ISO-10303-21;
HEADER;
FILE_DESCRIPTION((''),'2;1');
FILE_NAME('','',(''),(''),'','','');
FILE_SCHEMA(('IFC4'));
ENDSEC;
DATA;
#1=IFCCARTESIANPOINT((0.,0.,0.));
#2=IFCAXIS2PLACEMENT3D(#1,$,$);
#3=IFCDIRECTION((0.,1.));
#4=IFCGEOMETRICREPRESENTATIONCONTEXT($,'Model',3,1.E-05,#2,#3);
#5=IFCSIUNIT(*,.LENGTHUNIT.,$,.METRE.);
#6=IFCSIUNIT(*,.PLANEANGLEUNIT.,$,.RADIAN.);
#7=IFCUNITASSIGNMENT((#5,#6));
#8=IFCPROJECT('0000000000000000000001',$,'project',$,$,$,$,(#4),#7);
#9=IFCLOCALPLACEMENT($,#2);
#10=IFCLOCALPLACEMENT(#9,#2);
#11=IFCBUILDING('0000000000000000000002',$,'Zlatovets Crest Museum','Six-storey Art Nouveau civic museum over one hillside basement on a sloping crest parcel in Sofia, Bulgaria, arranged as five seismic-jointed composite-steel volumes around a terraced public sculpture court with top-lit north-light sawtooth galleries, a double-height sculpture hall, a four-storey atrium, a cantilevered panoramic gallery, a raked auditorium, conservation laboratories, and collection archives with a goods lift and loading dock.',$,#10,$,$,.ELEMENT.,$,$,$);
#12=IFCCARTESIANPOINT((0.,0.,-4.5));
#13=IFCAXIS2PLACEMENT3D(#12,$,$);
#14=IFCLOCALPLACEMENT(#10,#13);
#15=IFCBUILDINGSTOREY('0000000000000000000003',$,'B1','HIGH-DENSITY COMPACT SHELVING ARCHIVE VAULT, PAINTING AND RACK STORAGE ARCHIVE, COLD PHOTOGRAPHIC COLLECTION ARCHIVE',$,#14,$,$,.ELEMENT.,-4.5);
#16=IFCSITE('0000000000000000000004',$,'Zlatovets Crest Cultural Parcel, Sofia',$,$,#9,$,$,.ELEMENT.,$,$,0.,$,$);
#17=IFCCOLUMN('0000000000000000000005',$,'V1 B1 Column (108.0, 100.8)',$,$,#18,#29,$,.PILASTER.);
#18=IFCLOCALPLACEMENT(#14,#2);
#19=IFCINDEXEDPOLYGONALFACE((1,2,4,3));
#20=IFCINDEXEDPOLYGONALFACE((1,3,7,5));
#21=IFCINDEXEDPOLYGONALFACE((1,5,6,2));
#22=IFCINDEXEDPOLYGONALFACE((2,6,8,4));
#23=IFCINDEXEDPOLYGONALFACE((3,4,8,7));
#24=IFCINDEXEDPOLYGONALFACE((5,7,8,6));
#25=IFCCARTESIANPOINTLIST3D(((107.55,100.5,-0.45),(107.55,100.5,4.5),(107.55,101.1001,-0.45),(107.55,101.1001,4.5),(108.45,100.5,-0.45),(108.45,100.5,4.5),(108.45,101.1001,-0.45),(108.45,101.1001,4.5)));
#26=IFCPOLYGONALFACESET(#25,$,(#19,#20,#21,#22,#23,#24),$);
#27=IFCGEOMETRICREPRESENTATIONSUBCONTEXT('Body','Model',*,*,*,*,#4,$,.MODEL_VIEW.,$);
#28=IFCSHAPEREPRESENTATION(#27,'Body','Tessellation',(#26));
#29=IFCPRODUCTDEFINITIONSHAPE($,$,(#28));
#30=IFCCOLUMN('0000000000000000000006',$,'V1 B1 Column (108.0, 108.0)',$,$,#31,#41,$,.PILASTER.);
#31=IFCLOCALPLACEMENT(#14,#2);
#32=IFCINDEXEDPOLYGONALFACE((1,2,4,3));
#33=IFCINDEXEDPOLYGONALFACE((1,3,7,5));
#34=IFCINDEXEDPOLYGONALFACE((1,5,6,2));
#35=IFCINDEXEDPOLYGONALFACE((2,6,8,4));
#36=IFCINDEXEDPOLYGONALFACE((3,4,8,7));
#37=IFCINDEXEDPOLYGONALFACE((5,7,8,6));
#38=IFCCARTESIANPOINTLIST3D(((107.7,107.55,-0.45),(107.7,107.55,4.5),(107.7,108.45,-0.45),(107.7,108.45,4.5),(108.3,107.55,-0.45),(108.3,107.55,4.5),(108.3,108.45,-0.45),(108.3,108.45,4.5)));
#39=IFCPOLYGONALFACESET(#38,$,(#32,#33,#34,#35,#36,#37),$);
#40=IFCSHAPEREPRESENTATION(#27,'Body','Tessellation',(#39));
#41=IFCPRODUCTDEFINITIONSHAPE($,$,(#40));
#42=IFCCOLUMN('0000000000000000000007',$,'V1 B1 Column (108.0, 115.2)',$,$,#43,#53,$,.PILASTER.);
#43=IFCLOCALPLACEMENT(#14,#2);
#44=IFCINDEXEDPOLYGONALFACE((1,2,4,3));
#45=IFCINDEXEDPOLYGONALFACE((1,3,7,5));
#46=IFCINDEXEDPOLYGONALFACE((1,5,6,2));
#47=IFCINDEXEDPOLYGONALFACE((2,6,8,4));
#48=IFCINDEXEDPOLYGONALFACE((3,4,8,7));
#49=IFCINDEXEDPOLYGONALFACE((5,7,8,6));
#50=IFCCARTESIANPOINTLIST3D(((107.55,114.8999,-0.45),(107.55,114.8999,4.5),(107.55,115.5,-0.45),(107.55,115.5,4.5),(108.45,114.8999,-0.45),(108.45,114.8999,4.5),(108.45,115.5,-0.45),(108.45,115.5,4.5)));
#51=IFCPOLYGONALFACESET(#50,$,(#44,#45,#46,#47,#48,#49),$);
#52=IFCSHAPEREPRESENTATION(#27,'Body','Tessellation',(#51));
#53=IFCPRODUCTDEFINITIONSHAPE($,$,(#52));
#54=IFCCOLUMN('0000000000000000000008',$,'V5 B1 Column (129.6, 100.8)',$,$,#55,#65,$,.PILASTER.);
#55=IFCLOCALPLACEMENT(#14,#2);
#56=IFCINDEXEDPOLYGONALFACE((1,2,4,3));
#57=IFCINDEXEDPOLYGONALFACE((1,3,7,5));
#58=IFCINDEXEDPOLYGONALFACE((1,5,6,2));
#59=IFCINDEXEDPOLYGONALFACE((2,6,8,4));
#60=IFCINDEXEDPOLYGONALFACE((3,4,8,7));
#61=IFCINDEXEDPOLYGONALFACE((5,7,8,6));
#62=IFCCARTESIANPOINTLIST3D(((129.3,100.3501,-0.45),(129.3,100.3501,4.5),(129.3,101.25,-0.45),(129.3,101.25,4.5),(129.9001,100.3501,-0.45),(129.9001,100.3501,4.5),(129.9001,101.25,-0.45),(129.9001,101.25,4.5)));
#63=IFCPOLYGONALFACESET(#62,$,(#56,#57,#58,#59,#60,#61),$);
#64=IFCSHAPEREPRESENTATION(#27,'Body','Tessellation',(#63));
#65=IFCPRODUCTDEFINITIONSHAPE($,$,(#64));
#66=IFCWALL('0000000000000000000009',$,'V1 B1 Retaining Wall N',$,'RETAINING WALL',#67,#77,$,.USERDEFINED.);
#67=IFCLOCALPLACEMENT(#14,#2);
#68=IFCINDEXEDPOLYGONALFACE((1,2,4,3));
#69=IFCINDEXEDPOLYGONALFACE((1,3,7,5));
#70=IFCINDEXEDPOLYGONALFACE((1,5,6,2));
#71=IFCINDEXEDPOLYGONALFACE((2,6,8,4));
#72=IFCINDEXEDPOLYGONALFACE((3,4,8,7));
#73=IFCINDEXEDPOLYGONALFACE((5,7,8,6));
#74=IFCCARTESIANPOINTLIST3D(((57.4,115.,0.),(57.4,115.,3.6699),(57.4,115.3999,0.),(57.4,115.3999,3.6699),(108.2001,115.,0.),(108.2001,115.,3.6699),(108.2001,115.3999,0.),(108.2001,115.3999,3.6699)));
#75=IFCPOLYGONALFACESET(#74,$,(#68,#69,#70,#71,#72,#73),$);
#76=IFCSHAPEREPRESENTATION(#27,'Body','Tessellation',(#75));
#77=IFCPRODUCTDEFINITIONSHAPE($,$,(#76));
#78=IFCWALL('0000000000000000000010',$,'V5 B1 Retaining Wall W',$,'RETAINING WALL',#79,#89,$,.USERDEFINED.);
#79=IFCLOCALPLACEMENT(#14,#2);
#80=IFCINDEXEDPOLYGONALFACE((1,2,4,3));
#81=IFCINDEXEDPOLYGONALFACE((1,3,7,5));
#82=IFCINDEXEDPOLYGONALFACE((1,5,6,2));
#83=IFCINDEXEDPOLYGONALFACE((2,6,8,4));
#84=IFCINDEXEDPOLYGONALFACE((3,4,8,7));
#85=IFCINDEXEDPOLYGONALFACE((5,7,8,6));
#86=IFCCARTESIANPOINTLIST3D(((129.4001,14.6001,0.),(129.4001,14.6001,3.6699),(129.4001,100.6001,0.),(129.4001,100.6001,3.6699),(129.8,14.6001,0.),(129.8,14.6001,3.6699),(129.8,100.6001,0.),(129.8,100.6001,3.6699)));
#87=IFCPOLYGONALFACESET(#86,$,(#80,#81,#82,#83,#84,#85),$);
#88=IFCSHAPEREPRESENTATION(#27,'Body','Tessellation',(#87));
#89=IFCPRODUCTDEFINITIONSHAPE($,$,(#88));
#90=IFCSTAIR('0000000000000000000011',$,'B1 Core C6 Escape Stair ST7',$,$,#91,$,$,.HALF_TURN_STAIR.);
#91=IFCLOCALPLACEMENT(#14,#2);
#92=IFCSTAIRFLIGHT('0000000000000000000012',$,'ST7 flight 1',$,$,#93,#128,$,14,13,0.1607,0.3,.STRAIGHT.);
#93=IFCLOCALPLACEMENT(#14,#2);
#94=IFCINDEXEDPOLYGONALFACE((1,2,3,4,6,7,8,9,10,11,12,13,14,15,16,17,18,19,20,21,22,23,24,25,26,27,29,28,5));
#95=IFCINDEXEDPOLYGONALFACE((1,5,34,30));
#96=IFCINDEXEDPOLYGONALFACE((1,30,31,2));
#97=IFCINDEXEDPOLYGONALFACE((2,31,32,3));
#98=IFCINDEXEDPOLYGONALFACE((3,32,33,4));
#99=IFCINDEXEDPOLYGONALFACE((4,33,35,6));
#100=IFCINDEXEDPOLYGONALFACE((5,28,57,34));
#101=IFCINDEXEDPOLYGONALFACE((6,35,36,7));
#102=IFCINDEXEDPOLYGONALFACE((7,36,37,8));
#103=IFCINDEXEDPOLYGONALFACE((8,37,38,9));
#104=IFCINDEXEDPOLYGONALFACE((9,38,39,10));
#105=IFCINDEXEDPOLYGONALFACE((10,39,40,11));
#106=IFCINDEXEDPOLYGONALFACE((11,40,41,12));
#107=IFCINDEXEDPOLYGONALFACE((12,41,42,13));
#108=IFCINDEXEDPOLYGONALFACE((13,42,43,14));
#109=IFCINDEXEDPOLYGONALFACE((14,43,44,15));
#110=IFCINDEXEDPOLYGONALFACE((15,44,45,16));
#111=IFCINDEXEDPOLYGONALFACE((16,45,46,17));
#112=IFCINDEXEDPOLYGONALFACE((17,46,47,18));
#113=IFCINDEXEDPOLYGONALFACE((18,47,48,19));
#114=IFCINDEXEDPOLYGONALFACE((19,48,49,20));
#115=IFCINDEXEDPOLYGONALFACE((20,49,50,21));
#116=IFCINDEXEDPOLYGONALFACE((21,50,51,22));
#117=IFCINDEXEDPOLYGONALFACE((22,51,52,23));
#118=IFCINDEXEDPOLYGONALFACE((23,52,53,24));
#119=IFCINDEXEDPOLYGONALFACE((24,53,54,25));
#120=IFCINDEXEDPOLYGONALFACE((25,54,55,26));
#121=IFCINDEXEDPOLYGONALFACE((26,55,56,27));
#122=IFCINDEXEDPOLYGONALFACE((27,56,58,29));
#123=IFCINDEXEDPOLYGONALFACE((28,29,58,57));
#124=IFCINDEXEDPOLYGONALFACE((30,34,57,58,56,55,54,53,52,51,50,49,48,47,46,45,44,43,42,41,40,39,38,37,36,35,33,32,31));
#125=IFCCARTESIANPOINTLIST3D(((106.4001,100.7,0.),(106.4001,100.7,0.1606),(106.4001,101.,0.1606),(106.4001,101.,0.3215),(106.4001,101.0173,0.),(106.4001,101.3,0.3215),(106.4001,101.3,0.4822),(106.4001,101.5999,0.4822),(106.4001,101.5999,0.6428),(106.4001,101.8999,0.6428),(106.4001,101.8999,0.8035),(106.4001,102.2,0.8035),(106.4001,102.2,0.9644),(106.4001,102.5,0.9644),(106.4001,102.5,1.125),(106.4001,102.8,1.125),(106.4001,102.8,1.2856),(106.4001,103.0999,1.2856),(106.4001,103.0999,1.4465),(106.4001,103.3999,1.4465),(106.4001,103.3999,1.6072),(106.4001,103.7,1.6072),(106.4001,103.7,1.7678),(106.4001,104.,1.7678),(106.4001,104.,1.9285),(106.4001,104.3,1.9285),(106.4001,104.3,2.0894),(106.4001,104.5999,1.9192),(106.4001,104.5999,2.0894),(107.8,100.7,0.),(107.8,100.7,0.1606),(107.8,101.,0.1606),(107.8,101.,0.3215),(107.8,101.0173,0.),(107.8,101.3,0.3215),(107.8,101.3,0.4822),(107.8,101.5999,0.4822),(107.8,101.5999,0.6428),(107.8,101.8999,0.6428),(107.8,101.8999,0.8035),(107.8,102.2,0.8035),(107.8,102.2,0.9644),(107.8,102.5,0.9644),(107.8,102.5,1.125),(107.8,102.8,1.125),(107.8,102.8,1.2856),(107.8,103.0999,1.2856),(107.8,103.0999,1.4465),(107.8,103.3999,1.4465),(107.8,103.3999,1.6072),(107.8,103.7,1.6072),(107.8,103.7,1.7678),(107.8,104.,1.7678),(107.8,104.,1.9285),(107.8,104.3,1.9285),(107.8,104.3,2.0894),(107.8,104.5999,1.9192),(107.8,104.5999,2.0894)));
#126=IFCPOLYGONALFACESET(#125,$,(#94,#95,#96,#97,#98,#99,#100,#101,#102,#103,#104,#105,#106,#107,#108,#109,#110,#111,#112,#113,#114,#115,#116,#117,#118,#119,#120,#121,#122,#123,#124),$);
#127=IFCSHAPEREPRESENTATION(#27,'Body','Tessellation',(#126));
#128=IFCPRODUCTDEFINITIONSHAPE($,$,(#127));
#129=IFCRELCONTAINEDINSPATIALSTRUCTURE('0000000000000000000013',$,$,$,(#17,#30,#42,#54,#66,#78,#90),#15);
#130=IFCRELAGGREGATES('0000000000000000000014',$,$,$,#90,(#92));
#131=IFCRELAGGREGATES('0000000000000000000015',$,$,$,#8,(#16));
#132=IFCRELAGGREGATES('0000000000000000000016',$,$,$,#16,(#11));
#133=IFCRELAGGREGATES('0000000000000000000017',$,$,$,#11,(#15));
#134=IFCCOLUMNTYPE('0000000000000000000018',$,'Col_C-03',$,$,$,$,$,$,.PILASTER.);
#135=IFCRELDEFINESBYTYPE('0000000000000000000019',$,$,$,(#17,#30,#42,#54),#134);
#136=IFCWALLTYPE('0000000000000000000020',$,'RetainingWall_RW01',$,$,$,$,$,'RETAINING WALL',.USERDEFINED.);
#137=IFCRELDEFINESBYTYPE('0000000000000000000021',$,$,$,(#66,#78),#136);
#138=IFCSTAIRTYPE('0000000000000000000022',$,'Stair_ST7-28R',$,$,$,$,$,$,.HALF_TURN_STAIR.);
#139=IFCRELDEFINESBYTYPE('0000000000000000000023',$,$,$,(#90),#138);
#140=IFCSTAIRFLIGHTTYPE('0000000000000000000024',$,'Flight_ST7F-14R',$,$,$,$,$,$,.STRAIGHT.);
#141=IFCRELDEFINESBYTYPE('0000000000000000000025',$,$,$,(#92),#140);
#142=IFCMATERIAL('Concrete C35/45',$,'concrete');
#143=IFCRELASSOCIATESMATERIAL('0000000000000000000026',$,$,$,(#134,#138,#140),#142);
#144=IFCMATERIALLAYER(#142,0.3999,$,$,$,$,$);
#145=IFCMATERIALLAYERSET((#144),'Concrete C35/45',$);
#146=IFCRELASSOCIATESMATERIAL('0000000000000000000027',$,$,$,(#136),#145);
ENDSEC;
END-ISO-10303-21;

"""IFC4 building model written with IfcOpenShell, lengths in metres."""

from ifc_helpers import new_model, si_unit, direction, frame, frame_2d, origin, origin_2d, place, context, subcontext, project, spatial, polyline, rectangle, outline, extrude, material, layer, layer_set, material_profile, profile_set, type_object, element, aggregate, save


model = new_model("IFC4")

# Units and contexts
model_context = context("Model", 3, precision=1e-05, world=origin(), true_north=direction((0.0, 1.0)))
body_context = subcontext(model_context, "Body", "Model", "MODEL_VIEW")
ifc_project = project(units=[si_unit("LENGTHUNIT", "METRE"), si_unit("PLANEANGLEUNIT", "RADIAN")], contexts=[model_context])

# Site, building, storey
site_placement = place(None, origin())
site = spatial("IfcSite", under=ifc_project, at=site_placement, Name="Zlatovets Crest Cultural Parcel, Sofia", CompositionType="ELEMENT", RefElevation=0.0)
building_placement = place(site_placement, origin())
building = spatial("IfcBuilding", under=site, at=building_placement, Name="Zlatovets Crest Museum", Description="Six-storey Art Nouveau civic museum over one hillside basement on a sloping crest parcel in Sofia, Bulgaria, arranged as five seismic-jointed composite-steel volumes around a terraced public sculpture court with top-lit north-light sawtooth galleries, a double-height sculpture hall, a four-storey atrium, a cantilevered panoramic gallery, a raked auditorium, conservation laboratories, and collection archives with a goods lift and loading dock.", CompositionType="ELEMENT")
storey_placement = place(building_placement, frame((0.0, 0.0, -4.5)))
storey = spatial("IfcBuildingStorey", under=building, at=storey_placement, Name="B1", Description="HIGH-DENSITY COMPACT SHELVING ARCHIVE VAULT, PAINTING AND RACK STORAGE ARCHIVE, COLD PHOTOGRAPHIC COLLECTION ARCHIVE", CompositionType="ELEMENT", Elevation=-4.5)

# Shared definitions
ifc_material_1 = material(Name="Concrete C35/45", Category="concrete")

# Columns
ifc_material_profile_1 = material_profile(ifc_material_1, rectangle(XDim=0.6001, YDim=0.8999, at=origin_2d()), Name="RC 600x900")
ifc_profile_set_1 = profile_set([ifc_material_profile_1], Name="Concrete C35/45")
column_type = type_object("IfcColumnType", Name="Col_C-03", PredefinedType="PILASTER", material=ifc_profile_set_1)
for number, where, z_axis, x_axis, name in (
    (1, (108.0, 100.8, -0.45), (0.0, 0.0, 1.0), (0.0, 1.0, 0.0), "V1 B1 Column (108.0, 100.8)"),
    (2, (108.0, 108.0, -0.45), (0.0, 0.0, 1.0), (1.0, 0.0, 0.0), "V1 B1 Column (108.0, 108.0)"),
    (3, (108.0, 115.2, -0.45), (0.0, 0.0, 1.0), (0.0, 1.0, 0.0), "V1 B1 Column (108.0, 115.2)"),
    (4, (129.6001, 100.8, -0.45), (0.0, 0.0, 1.0), (1.0, 0.0, 0.0), "V5 B1 Column (129.6, 100.8)"),
):
    element("IfcColumn", number, at=place(storey_placement, frame(where, z_axis=z_axis, x_axis=x_axis)), inside=storey, type_object=column_type, Name=name, PredefinedType="PILASTER", context=body_context, shape_type="SweptSolid", body=[
        extrude(rectangle(XDim=0.6001, YDim=0.8999, at=origin_2d()), origin(), (0.0, 0.0, 1.0), 4.95),
    ])

# Walls
ifc_layer = layer(ifc_material_1, 0.3999)
ifc_layer_set = layer_set([ifc_layer], Name="Concrete C35/45")
wall_type = type_object("IfcWallType", Name="RetainingWall_RW01", ElementType="RETAINING WALL", PredefinedType="USERDEFINED", material=ifc_layer_set)
wall_1_placement = place(storey_placement, frame((108.2, 115.2, 0.0), z_axis=(0.0, 0.0, 1.0), x_axis=(-1.0, 0.0, 0.0)))
element("IfcWall", 5, at=wall_1_placement, inside=storey, type_object=wall_type, Name="V1 B1 Retaining Wall N", ObjectType="RETAINING WALL", PredefinedType="USERDEFINED", context=body_context, shape_type="SweptSolid", body=[
    extrude(rectangle(XDim=50.8, YDim=0.3999, at=frame_2d((25.3999, 0.0))), origin(), (0.0, 0.0, 1.0), 3.6699),
])
wall_2_placement = place(storey_placement, frame((129.6001, 100.6001, 0.0), z_axis=(0.0, 0.0, 1.0), x_axis=(0.0, -1.0, 0.0)))
element("IfcWall", 6, at=wall_2_placement, inside=storey, type_object=wall_type, Name="V5 B1 Retaining Wall W", ObjectType="RETAINING WALL", PredefinedType="USERDEFINED", context=body_context, shape_type="SweptSolid", body=[
    extrude(rectangle(XDim=86.0, YDim=0.3999, at=frame_2d((43.0, 0.0))), origin(), (0.0, 0.0, 1.0), 3.6699),
])

# Stair, stair flight
stair_type = type_object("IfcStairType", Name="Stair_ST7-28R", PredefinedType="HALF_TURN_STAIR", material=ifc_material_1)
stair_placement = place(storey_placement, origin())
stair = element("IfcStair", 7, at=stair_placement, inside=storey, type_object=stair_type, Name="B1 Core C6 Escape Stair ST7", PredefinedType="HALF_TURN_STAIR")
stair_flight_type = type_object("IfcStairFlightType", Name="Flight_ST7F-14R", PredefinedType="STRAIGHT", material=ifc_material_1)
stair_flight_placement = place(storey_placement, frame((107.1001, 100.7, 0.0), z_axis=(0.0, 0.0, 1.0), x_axis=(0.0, 1.0, 0.0)))
stair_flight = element("IfcStairFlight", 8, at=stair_flight_placement, type_object=stair_flight_type, Name="ST7 flight 1", NumberOfRisers=14, NumberOfTreads=13, PredefinedType="STRAIGHT", RiserHeight=0.1607, TreadLength=0.3, context=body_context, shape_type="SweptSolid", body=[
    extrude(outline(polyline([(0.0, 0.0), (0.0, 0.1606), (0.3, 0.1606), (0.3, 0.3215), (0.6001, 0.3215), (0.6001, 0.4822), (0.8999, 0.4822), (0.8999, 0.6428), (1.2, 0.6428), (1.2, 0.8035), (1.5, 0.8035), (1.5, 0.9644), (1.8, 0.9644), (1.8, 1.125), (2.1001, 1.125), (2.1001, 1.2856), (2.3999, 1.2856), (2.3999, 1.4465), (2.7, 1.4465), (2.7, 1.6072), (3.0, 1.6072), (3.0, 1.7678), (3.3, 1.7678), (3.3, 1.9285), (3.6001, 1.9285), (3.6001, 2.0894), (3.8999, 2.0894), (3.8999, 2.25), (3.8999, 1.9192), (0.3174, 0.0), (0.0, 0.0)])), frame((0.0, 0.7, 0.0), z_axis=(0.0, -1.0, 0.0), x_axis=(1.0, 0.0, 0.0)), (0.0, 0.0, 1.0), 1.3999),
])
aggregate(stair, [stair_flight])

save(model, "model.ifc")
